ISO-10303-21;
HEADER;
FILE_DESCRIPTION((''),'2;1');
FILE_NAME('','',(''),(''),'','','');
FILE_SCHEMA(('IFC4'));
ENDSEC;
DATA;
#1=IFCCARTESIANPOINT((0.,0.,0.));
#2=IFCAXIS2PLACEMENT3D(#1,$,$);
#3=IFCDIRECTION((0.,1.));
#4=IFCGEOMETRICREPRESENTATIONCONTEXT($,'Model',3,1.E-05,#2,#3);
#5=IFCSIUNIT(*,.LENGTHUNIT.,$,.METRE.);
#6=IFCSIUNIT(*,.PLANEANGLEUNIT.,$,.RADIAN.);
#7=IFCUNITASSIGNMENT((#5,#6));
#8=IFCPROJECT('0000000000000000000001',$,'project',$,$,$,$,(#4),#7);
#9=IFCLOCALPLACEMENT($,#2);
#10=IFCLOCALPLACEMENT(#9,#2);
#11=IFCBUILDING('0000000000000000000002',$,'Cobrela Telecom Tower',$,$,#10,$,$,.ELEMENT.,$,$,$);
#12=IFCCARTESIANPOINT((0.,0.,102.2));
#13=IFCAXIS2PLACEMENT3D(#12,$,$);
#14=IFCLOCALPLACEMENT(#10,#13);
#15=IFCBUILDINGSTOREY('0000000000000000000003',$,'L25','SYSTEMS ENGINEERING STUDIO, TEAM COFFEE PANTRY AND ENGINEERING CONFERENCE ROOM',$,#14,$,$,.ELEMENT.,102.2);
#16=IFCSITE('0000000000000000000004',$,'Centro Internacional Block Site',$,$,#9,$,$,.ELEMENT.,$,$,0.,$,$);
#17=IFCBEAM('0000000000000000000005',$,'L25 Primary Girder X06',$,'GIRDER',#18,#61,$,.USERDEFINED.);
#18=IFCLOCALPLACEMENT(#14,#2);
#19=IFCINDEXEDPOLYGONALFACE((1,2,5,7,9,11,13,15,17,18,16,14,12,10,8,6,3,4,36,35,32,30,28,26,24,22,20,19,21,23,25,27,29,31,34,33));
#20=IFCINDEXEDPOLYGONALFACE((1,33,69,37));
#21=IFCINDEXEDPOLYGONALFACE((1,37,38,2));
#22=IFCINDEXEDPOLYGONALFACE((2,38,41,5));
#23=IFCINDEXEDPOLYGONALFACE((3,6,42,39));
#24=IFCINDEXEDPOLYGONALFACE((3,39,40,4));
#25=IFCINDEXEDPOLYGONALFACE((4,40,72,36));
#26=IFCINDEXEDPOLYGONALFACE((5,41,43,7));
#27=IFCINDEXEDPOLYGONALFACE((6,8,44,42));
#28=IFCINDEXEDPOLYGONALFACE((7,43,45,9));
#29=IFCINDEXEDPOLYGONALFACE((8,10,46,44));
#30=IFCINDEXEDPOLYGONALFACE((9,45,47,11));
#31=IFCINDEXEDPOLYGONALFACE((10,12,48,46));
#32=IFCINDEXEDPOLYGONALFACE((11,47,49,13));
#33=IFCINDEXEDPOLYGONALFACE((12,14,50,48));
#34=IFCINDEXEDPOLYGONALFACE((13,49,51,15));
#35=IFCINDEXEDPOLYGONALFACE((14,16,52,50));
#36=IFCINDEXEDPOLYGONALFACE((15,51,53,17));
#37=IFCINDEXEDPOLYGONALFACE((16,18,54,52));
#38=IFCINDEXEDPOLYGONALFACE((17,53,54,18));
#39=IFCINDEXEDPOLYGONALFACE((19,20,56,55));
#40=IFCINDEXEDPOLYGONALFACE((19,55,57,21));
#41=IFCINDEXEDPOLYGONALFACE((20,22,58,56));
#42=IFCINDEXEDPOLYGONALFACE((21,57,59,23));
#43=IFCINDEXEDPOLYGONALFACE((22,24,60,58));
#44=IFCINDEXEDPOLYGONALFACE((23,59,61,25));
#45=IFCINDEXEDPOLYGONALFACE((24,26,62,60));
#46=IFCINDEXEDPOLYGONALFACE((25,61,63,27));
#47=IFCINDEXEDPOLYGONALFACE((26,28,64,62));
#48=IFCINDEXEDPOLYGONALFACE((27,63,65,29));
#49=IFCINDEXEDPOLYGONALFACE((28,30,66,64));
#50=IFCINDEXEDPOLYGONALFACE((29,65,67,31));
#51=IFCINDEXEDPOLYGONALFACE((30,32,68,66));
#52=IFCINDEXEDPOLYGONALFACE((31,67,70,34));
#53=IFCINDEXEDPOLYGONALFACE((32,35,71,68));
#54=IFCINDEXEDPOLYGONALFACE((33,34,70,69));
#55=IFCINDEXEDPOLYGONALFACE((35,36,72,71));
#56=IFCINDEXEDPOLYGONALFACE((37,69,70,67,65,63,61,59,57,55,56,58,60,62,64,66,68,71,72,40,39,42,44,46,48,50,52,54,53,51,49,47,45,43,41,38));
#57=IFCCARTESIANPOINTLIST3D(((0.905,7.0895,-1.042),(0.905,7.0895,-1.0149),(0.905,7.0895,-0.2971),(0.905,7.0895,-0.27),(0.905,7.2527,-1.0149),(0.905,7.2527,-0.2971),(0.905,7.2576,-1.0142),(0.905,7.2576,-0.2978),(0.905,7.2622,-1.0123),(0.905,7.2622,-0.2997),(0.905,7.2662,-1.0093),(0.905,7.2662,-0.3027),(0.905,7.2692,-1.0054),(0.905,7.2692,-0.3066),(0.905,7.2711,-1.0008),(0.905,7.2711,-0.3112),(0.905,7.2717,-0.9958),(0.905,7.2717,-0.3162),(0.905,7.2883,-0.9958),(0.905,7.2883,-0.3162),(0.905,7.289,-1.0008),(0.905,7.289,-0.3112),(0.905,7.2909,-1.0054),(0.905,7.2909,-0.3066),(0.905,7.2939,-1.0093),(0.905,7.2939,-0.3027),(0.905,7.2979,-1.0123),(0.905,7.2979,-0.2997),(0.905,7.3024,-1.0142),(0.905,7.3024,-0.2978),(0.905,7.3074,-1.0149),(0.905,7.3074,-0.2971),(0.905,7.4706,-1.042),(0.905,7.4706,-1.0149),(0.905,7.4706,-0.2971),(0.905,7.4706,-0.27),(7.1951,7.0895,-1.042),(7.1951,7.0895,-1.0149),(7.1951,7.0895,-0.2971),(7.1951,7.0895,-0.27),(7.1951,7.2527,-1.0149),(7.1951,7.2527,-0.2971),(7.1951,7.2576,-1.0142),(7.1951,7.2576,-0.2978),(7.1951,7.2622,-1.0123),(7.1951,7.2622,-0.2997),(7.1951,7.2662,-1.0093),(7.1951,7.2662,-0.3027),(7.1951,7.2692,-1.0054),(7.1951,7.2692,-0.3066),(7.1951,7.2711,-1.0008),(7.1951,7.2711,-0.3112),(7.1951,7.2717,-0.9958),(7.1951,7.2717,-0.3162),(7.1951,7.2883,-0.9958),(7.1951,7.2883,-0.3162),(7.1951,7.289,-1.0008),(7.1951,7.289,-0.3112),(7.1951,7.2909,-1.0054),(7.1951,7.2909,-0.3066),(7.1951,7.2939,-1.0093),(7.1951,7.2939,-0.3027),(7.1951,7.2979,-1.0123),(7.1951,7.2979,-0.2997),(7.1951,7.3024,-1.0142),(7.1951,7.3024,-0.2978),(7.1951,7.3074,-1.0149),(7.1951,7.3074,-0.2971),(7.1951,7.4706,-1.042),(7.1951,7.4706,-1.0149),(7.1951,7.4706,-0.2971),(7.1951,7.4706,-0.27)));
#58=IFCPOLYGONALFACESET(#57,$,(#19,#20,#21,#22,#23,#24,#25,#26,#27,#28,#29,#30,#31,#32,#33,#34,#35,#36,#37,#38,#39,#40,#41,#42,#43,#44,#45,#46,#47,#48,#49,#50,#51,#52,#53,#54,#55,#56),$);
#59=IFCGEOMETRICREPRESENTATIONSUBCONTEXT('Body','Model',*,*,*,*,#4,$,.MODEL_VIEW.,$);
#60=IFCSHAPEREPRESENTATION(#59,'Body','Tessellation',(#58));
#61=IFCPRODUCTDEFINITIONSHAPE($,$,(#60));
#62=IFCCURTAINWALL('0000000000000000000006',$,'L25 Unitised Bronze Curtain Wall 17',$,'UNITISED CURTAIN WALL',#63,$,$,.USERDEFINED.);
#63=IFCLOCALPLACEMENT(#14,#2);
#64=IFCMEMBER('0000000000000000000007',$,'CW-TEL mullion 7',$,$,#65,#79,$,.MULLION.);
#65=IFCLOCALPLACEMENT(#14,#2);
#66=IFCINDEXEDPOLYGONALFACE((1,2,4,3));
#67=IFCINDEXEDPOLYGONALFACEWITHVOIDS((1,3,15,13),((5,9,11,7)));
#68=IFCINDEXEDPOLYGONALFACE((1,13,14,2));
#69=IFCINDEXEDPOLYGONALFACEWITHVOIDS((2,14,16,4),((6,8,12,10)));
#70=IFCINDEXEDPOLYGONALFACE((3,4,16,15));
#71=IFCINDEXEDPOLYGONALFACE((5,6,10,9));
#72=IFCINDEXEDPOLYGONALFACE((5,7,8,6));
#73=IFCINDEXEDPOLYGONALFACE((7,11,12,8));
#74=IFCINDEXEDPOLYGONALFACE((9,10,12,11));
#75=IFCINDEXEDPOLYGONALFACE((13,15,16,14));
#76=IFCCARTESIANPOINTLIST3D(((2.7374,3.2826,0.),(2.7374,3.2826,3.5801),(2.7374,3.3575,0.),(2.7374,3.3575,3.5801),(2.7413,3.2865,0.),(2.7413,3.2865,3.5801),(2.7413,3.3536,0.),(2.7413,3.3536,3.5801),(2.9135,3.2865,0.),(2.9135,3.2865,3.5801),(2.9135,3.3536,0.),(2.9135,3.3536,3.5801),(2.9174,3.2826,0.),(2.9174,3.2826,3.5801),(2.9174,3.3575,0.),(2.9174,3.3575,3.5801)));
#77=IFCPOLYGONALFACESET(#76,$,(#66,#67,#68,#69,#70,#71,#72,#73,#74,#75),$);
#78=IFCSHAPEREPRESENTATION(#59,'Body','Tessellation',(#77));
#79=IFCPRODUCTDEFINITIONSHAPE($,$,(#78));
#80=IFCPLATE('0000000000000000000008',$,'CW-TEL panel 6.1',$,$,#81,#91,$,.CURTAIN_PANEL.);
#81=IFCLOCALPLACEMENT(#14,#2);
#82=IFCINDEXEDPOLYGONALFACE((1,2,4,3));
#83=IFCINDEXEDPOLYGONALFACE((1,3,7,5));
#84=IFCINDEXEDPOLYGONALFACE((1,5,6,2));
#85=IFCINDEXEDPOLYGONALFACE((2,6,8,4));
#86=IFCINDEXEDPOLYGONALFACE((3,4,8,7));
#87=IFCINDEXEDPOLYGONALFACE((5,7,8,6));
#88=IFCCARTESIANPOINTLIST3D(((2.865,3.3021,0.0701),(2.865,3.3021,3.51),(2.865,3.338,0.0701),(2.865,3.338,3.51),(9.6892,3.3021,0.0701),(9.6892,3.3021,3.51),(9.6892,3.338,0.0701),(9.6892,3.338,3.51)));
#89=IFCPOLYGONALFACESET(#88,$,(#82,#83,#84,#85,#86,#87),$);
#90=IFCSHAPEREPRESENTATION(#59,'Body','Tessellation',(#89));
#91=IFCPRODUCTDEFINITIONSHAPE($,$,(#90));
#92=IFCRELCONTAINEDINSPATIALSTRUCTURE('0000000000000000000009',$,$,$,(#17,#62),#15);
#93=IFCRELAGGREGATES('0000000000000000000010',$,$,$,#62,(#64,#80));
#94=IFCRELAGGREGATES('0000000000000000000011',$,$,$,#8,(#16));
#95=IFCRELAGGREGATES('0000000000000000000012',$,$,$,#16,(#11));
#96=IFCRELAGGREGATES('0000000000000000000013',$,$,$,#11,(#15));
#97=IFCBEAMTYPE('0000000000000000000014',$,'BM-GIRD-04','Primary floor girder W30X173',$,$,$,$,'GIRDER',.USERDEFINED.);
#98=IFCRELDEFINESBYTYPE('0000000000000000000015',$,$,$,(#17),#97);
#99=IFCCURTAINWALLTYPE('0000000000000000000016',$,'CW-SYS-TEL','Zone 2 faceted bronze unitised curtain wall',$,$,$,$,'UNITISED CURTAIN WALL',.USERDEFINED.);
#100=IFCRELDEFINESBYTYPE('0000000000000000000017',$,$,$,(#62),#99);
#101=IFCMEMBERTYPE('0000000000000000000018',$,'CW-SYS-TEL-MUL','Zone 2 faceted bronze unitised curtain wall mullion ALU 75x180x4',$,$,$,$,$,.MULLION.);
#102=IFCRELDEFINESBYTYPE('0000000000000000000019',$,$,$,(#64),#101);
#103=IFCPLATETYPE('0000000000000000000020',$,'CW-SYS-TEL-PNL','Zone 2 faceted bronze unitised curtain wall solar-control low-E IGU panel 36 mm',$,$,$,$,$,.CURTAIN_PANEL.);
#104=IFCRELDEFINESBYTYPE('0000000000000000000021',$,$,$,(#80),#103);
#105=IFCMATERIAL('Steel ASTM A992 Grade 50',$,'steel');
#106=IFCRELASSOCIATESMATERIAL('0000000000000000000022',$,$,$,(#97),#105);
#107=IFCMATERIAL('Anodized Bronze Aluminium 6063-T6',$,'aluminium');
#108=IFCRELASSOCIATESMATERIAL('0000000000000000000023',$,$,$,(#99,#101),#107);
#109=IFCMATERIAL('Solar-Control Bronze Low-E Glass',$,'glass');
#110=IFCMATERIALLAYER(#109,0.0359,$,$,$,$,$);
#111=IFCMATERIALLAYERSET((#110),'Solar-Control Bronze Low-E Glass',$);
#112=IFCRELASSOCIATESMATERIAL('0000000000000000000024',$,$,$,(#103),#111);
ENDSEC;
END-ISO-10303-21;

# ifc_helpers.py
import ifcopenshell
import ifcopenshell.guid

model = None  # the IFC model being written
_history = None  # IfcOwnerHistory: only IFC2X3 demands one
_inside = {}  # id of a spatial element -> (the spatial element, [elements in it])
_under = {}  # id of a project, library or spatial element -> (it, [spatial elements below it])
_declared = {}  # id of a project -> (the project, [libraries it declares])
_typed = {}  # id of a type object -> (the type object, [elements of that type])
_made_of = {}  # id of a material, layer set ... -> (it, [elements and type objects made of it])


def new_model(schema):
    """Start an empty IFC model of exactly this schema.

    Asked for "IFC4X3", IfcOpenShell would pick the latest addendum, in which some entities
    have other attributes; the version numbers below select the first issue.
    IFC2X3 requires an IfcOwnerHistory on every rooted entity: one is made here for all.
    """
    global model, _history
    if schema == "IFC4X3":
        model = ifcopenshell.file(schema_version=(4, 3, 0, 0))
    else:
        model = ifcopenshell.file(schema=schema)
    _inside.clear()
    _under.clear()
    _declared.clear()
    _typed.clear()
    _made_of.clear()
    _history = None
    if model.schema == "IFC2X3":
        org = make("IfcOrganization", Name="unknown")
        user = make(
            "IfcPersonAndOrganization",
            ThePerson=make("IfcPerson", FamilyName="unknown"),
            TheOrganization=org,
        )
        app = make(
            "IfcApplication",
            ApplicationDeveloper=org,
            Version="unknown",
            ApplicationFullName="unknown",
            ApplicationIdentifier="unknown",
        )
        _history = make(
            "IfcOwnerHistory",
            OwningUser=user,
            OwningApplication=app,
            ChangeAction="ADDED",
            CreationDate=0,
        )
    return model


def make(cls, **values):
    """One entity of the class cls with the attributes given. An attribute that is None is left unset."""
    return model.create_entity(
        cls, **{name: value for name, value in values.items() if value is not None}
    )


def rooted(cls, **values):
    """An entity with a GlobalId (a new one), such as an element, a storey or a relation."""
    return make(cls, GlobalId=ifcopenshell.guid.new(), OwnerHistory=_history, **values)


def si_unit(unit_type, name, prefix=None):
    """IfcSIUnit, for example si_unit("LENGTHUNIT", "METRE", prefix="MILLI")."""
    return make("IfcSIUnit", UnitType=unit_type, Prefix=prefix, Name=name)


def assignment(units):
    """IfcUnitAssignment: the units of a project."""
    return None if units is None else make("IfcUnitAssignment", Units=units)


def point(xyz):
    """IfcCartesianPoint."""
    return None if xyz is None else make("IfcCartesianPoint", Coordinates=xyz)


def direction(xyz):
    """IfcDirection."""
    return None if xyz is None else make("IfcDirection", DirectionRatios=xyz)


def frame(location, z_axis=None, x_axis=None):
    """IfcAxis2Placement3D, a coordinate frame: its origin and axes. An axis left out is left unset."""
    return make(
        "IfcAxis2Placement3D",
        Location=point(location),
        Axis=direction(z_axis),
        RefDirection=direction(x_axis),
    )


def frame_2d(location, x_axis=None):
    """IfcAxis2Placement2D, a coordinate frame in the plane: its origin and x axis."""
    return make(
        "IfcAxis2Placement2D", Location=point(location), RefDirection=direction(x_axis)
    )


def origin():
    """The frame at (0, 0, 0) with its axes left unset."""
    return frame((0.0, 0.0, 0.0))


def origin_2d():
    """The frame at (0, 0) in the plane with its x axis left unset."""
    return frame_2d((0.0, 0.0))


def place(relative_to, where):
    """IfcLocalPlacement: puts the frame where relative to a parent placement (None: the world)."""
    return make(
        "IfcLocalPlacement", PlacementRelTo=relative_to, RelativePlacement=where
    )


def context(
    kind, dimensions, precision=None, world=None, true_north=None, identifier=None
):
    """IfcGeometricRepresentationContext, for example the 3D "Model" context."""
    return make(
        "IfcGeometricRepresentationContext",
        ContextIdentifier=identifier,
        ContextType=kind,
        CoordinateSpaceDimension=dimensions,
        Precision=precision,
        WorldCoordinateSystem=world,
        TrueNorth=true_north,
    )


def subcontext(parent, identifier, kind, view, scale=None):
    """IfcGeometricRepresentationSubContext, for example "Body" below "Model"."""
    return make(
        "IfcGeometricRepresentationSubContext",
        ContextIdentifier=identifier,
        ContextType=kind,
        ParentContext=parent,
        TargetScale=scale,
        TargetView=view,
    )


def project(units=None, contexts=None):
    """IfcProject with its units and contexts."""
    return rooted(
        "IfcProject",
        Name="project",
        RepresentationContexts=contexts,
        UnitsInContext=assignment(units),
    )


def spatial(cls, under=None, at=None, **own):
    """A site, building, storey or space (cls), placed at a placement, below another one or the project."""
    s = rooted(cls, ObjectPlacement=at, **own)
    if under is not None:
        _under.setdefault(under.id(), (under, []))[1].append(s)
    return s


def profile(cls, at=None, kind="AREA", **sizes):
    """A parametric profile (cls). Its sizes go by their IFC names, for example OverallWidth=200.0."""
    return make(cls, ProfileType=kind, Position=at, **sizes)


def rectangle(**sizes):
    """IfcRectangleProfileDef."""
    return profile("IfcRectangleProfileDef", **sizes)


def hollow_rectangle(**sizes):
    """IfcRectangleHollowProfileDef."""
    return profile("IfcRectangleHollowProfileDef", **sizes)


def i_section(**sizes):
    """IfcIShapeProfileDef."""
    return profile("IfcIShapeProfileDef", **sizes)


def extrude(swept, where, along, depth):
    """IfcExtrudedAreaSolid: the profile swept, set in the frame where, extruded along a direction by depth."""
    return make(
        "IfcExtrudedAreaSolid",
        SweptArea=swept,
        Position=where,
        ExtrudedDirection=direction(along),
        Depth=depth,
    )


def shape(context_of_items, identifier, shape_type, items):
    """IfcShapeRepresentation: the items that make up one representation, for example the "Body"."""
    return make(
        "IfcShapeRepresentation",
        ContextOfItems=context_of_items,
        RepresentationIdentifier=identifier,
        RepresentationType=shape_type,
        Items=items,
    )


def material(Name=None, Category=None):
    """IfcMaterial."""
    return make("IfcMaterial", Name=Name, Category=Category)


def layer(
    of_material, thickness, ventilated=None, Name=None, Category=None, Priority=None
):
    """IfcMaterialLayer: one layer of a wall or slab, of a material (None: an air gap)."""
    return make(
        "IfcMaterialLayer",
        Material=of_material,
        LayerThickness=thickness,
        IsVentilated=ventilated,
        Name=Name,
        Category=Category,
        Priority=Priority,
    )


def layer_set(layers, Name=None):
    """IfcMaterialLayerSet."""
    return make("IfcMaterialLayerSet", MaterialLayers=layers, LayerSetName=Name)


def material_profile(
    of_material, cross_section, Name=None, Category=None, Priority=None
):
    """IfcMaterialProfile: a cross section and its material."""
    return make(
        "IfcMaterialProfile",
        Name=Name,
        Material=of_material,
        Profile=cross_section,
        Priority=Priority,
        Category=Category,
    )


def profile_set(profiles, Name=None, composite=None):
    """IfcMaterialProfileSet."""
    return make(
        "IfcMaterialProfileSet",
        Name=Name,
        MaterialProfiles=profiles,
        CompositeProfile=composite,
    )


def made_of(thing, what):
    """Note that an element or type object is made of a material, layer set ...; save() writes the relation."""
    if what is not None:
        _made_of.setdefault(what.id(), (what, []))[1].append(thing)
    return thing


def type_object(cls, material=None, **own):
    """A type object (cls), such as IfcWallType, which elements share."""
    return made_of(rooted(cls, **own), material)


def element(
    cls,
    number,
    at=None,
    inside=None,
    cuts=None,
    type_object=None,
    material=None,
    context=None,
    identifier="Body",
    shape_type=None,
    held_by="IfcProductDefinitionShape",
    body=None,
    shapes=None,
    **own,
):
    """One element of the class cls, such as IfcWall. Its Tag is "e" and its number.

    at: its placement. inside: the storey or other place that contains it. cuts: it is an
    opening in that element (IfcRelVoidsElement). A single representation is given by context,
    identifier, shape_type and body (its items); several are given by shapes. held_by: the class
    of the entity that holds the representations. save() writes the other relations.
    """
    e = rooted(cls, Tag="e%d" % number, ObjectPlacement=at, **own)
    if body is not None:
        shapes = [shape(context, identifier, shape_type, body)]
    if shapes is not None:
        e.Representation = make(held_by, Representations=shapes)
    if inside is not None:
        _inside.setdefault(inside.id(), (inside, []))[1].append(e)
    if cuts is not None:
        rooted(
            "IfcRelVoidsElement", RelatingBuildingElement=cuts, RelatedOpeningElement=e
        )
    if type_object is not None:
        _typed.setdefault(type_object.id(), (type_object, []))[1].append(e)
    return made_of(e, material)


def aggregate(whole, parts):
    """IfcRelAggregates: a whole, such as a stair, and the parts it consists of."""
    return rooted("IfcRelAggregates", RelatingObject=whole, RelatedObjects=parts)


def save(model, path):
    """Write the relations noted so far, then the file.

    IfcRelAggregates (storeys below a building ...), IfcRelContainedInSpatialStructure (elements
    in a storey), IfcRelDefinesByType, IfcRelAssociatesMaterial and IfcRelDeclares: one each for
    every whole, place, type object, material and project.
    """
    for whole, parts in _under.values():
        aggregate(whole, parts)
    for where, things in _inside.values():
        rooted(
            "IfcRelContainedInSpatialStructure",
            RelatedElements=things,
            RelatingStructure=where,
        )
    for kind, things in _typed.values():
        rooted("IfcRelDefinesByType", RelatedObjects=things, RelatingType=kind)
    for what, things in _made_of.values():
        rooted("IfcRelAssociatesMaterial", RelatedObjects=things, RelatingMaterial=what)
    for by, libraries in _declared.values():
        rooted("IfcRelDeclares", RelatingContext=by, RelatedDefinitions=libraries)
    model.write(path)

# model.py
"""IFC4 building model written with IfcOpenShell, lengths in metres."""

from ifc_helpers import new_model, si_unit, direction, frame, origin, origin_2d, place, context, subcontext, project, spatial, rectangle, hollow_rectangle, i_section, extrude, material, layer, layer_set, material_profile, profile_set, type_object, element, aggregate, save


model = new_model("IFC4")

# Units and contexts
model_context = context("Model", 3, precision=1e-05, world=origin(), true_north=direction((0.0, 1.0)))
body_context = subcontext(model_context, "Body", "Model", "MODEL_VIEW")
ifc_project = project(units=[si_unit("LENGTHUNIT", "METRE"), si_unit("PLANEANGLEUNIT", "RADIAN")], contexts=[model_context])

# Site, building, storey
site_placement = place(None, origin())
site = spatial("IfcSite", under=ifc_project, at=site_placement, Name="Centro Internacional Block Site", CompositionType="ELEMENT", RefElevation=0.0)
building_placement = place(site_placement, origin())
building = spatial("IfcBuilding", under=site, at=building_placement, Name="Cobrela Telecom Tower", CompositionType="ELEMENT")
storey_placement = place(building_placement, frame((0.0, 0.0, 102.2)))
storey = spatial("IfcBuildingStorey", under=building, at=storey_placement, Name="L25", Description="SYSTEMS ENGINEERING STUDIO, TEAM COFFEE PANTRY AND ENGINEERING CONFERENCE ROOM", CompositionType="ELEMENT", Elevation=102.2)

# Beam
ifc_material_1 = material(Name="Steel ASTM A992 Grade 50", Category="steel")
ifc_material_profile_1 = material_profile(ifc_material_1, i_section(OverallWidth=0.3811, OverallDepth=0.772, WebThickness=0.0166, FlangeThickness=0.0271, FilletRadius=0.019, at=origin_2d()), Name="W30X173")
ifc_profile_set_1 = profile_set([ifc_material_profile_1], Name="Steel ASTM A992 Grade 50")
beam_type = type_object("IfcBeamType", Name="BM-GIRD-04", Description="Primary floor girder W30X173", ElementType="GIRDER", PredefinedType="USERDEFINED", material=ifc_profile_set_1)
beam_placement = place(storey_placement, frame((0.905, 7.28, -0.656), z_axis=(1.0, 0.0, 0.0), x_axis=(0.0, 1.0, 0.0)))
element("IfcBeam", 1, at=beam_placement, inside=storey, type_object=beam_type, Name="L25 Primary Girder X06", ObjectType="GIRDER", PredefinedType="USERDEFINED", context=body_context, shape_type="SweptSolid", body=[
    extrude(i_section(OverallWidth=0.3811, OverallDepth=0.772, WebThickness=0.0166, FlangeThickness=0.0271, FilletRadius=0.019, at=origin_2d()), origin(), (0.0, 0.0, 1.0), 6.29),
])

# Curtain wall, member, plate
ifc_material_2 = material(Name="Anodized Bronze Aluminium 6063-T6", Category="aluminium")
curtain_wall_type = type_object("IfcCurtainWallType", Name="CW-SYS-TEL", Description="Zone 2 faceted bronze unitised curtain wall", ElementType="UNITISED CURTAIN WALL", PredefinedType="USERDEFINED", material=ifc_material_2)
curtain_wall_placement = place(storey_placement, origin())
curtain_wall = element("IfcCurtainWall", 2, at=curtain_wall_placement, inside=storey, type_object=curtain_wall_type, Name="L25 Unitised Bronze Curtain Wall 17", ObjectType="UNITISED CURTAIN WALL", PredefinedType="USERDEFINED")
ifc_material_profile_2 = material_profile(ifc_material_2, hollow_rectangle(XDim=0.075, YDim=0.1799, WallThickness=0.0039, at=origin_2d()), Name="ALU 75x180x4")
ifc_profile_set_2 = profile_set([ifc_material_profile_2], Name="Anodized Bronze Aluminium 6063-T6")
member_type = type_object("IfcMemberType", Name="CW-SYS-TEL-MUL", Description="Zone 2 faceted bronze unitised curtain wall mullion ALU 75x180x4", PredefinedType="MULLION", material=ifc_profile_set_2)
member_placement = place(storey_placement, frame((2.8274, 3.3201, 0.0), z_axis=(0.0, 0.0, 1.0), x_axis=(0.0, -1.0, 0.0)))
member = element("IfcMember", 3, at=member_placement, type_object=member_type, Name="CW-TEL mullion 7", PredefinedType="MULLION", context=body_context, shape_type="SweptSolid", body=[
    extrude(hollow_rectangle(XDim=0.075, YDim=0.1799, WallThickness=0.0039, at=origin_2d()), origin(), (0.0, 0.0, 1.0), 3.5801),
])
ifc_material_3 = material(Name="Solar-Control Bronze Low-E Glass", Category="glass")
ifc_layer_1 = layer(ifc_material_3, 0.0359)
ifc_layer_set_1 = layer_set([ifc_layer_1], Name="Solar-Control Bronze Low-E Glass")
plate_type = type_object("IfcPlateType", Name="CW-SYS-TEL-PNL", Description="Zone 2 faceted bronze unitised curtain wall solar-control low-E IGU panel 36 mm", PredefinedType="CURTAIN_PANEL", material=ifc_layer_set_1)
plate_placement = place(storey_placement, frame((6.2771, 3.3201, 0.0701), z_axis=(0.0, 0.0, 1.0), x_axis=(-1.0, 0.0, 0.0)))
plate = element("IfcPlate", 4, at=plate_placement, type_object=plate_type, Name="CW-TEL panel 6.1", PredefinedType="CURTAIN_PANEL", context=body_context, shape_type="SweptSolid", body=[
    extrude(rectangle(XDim=6.8242, YDim=0.0359, at=origin_2d()), origin(), (0.0, 0.0, 1.0), 3.4399),
])
aggregate(curtain_wall, [member, plate])

save(model, "model.ifc")
